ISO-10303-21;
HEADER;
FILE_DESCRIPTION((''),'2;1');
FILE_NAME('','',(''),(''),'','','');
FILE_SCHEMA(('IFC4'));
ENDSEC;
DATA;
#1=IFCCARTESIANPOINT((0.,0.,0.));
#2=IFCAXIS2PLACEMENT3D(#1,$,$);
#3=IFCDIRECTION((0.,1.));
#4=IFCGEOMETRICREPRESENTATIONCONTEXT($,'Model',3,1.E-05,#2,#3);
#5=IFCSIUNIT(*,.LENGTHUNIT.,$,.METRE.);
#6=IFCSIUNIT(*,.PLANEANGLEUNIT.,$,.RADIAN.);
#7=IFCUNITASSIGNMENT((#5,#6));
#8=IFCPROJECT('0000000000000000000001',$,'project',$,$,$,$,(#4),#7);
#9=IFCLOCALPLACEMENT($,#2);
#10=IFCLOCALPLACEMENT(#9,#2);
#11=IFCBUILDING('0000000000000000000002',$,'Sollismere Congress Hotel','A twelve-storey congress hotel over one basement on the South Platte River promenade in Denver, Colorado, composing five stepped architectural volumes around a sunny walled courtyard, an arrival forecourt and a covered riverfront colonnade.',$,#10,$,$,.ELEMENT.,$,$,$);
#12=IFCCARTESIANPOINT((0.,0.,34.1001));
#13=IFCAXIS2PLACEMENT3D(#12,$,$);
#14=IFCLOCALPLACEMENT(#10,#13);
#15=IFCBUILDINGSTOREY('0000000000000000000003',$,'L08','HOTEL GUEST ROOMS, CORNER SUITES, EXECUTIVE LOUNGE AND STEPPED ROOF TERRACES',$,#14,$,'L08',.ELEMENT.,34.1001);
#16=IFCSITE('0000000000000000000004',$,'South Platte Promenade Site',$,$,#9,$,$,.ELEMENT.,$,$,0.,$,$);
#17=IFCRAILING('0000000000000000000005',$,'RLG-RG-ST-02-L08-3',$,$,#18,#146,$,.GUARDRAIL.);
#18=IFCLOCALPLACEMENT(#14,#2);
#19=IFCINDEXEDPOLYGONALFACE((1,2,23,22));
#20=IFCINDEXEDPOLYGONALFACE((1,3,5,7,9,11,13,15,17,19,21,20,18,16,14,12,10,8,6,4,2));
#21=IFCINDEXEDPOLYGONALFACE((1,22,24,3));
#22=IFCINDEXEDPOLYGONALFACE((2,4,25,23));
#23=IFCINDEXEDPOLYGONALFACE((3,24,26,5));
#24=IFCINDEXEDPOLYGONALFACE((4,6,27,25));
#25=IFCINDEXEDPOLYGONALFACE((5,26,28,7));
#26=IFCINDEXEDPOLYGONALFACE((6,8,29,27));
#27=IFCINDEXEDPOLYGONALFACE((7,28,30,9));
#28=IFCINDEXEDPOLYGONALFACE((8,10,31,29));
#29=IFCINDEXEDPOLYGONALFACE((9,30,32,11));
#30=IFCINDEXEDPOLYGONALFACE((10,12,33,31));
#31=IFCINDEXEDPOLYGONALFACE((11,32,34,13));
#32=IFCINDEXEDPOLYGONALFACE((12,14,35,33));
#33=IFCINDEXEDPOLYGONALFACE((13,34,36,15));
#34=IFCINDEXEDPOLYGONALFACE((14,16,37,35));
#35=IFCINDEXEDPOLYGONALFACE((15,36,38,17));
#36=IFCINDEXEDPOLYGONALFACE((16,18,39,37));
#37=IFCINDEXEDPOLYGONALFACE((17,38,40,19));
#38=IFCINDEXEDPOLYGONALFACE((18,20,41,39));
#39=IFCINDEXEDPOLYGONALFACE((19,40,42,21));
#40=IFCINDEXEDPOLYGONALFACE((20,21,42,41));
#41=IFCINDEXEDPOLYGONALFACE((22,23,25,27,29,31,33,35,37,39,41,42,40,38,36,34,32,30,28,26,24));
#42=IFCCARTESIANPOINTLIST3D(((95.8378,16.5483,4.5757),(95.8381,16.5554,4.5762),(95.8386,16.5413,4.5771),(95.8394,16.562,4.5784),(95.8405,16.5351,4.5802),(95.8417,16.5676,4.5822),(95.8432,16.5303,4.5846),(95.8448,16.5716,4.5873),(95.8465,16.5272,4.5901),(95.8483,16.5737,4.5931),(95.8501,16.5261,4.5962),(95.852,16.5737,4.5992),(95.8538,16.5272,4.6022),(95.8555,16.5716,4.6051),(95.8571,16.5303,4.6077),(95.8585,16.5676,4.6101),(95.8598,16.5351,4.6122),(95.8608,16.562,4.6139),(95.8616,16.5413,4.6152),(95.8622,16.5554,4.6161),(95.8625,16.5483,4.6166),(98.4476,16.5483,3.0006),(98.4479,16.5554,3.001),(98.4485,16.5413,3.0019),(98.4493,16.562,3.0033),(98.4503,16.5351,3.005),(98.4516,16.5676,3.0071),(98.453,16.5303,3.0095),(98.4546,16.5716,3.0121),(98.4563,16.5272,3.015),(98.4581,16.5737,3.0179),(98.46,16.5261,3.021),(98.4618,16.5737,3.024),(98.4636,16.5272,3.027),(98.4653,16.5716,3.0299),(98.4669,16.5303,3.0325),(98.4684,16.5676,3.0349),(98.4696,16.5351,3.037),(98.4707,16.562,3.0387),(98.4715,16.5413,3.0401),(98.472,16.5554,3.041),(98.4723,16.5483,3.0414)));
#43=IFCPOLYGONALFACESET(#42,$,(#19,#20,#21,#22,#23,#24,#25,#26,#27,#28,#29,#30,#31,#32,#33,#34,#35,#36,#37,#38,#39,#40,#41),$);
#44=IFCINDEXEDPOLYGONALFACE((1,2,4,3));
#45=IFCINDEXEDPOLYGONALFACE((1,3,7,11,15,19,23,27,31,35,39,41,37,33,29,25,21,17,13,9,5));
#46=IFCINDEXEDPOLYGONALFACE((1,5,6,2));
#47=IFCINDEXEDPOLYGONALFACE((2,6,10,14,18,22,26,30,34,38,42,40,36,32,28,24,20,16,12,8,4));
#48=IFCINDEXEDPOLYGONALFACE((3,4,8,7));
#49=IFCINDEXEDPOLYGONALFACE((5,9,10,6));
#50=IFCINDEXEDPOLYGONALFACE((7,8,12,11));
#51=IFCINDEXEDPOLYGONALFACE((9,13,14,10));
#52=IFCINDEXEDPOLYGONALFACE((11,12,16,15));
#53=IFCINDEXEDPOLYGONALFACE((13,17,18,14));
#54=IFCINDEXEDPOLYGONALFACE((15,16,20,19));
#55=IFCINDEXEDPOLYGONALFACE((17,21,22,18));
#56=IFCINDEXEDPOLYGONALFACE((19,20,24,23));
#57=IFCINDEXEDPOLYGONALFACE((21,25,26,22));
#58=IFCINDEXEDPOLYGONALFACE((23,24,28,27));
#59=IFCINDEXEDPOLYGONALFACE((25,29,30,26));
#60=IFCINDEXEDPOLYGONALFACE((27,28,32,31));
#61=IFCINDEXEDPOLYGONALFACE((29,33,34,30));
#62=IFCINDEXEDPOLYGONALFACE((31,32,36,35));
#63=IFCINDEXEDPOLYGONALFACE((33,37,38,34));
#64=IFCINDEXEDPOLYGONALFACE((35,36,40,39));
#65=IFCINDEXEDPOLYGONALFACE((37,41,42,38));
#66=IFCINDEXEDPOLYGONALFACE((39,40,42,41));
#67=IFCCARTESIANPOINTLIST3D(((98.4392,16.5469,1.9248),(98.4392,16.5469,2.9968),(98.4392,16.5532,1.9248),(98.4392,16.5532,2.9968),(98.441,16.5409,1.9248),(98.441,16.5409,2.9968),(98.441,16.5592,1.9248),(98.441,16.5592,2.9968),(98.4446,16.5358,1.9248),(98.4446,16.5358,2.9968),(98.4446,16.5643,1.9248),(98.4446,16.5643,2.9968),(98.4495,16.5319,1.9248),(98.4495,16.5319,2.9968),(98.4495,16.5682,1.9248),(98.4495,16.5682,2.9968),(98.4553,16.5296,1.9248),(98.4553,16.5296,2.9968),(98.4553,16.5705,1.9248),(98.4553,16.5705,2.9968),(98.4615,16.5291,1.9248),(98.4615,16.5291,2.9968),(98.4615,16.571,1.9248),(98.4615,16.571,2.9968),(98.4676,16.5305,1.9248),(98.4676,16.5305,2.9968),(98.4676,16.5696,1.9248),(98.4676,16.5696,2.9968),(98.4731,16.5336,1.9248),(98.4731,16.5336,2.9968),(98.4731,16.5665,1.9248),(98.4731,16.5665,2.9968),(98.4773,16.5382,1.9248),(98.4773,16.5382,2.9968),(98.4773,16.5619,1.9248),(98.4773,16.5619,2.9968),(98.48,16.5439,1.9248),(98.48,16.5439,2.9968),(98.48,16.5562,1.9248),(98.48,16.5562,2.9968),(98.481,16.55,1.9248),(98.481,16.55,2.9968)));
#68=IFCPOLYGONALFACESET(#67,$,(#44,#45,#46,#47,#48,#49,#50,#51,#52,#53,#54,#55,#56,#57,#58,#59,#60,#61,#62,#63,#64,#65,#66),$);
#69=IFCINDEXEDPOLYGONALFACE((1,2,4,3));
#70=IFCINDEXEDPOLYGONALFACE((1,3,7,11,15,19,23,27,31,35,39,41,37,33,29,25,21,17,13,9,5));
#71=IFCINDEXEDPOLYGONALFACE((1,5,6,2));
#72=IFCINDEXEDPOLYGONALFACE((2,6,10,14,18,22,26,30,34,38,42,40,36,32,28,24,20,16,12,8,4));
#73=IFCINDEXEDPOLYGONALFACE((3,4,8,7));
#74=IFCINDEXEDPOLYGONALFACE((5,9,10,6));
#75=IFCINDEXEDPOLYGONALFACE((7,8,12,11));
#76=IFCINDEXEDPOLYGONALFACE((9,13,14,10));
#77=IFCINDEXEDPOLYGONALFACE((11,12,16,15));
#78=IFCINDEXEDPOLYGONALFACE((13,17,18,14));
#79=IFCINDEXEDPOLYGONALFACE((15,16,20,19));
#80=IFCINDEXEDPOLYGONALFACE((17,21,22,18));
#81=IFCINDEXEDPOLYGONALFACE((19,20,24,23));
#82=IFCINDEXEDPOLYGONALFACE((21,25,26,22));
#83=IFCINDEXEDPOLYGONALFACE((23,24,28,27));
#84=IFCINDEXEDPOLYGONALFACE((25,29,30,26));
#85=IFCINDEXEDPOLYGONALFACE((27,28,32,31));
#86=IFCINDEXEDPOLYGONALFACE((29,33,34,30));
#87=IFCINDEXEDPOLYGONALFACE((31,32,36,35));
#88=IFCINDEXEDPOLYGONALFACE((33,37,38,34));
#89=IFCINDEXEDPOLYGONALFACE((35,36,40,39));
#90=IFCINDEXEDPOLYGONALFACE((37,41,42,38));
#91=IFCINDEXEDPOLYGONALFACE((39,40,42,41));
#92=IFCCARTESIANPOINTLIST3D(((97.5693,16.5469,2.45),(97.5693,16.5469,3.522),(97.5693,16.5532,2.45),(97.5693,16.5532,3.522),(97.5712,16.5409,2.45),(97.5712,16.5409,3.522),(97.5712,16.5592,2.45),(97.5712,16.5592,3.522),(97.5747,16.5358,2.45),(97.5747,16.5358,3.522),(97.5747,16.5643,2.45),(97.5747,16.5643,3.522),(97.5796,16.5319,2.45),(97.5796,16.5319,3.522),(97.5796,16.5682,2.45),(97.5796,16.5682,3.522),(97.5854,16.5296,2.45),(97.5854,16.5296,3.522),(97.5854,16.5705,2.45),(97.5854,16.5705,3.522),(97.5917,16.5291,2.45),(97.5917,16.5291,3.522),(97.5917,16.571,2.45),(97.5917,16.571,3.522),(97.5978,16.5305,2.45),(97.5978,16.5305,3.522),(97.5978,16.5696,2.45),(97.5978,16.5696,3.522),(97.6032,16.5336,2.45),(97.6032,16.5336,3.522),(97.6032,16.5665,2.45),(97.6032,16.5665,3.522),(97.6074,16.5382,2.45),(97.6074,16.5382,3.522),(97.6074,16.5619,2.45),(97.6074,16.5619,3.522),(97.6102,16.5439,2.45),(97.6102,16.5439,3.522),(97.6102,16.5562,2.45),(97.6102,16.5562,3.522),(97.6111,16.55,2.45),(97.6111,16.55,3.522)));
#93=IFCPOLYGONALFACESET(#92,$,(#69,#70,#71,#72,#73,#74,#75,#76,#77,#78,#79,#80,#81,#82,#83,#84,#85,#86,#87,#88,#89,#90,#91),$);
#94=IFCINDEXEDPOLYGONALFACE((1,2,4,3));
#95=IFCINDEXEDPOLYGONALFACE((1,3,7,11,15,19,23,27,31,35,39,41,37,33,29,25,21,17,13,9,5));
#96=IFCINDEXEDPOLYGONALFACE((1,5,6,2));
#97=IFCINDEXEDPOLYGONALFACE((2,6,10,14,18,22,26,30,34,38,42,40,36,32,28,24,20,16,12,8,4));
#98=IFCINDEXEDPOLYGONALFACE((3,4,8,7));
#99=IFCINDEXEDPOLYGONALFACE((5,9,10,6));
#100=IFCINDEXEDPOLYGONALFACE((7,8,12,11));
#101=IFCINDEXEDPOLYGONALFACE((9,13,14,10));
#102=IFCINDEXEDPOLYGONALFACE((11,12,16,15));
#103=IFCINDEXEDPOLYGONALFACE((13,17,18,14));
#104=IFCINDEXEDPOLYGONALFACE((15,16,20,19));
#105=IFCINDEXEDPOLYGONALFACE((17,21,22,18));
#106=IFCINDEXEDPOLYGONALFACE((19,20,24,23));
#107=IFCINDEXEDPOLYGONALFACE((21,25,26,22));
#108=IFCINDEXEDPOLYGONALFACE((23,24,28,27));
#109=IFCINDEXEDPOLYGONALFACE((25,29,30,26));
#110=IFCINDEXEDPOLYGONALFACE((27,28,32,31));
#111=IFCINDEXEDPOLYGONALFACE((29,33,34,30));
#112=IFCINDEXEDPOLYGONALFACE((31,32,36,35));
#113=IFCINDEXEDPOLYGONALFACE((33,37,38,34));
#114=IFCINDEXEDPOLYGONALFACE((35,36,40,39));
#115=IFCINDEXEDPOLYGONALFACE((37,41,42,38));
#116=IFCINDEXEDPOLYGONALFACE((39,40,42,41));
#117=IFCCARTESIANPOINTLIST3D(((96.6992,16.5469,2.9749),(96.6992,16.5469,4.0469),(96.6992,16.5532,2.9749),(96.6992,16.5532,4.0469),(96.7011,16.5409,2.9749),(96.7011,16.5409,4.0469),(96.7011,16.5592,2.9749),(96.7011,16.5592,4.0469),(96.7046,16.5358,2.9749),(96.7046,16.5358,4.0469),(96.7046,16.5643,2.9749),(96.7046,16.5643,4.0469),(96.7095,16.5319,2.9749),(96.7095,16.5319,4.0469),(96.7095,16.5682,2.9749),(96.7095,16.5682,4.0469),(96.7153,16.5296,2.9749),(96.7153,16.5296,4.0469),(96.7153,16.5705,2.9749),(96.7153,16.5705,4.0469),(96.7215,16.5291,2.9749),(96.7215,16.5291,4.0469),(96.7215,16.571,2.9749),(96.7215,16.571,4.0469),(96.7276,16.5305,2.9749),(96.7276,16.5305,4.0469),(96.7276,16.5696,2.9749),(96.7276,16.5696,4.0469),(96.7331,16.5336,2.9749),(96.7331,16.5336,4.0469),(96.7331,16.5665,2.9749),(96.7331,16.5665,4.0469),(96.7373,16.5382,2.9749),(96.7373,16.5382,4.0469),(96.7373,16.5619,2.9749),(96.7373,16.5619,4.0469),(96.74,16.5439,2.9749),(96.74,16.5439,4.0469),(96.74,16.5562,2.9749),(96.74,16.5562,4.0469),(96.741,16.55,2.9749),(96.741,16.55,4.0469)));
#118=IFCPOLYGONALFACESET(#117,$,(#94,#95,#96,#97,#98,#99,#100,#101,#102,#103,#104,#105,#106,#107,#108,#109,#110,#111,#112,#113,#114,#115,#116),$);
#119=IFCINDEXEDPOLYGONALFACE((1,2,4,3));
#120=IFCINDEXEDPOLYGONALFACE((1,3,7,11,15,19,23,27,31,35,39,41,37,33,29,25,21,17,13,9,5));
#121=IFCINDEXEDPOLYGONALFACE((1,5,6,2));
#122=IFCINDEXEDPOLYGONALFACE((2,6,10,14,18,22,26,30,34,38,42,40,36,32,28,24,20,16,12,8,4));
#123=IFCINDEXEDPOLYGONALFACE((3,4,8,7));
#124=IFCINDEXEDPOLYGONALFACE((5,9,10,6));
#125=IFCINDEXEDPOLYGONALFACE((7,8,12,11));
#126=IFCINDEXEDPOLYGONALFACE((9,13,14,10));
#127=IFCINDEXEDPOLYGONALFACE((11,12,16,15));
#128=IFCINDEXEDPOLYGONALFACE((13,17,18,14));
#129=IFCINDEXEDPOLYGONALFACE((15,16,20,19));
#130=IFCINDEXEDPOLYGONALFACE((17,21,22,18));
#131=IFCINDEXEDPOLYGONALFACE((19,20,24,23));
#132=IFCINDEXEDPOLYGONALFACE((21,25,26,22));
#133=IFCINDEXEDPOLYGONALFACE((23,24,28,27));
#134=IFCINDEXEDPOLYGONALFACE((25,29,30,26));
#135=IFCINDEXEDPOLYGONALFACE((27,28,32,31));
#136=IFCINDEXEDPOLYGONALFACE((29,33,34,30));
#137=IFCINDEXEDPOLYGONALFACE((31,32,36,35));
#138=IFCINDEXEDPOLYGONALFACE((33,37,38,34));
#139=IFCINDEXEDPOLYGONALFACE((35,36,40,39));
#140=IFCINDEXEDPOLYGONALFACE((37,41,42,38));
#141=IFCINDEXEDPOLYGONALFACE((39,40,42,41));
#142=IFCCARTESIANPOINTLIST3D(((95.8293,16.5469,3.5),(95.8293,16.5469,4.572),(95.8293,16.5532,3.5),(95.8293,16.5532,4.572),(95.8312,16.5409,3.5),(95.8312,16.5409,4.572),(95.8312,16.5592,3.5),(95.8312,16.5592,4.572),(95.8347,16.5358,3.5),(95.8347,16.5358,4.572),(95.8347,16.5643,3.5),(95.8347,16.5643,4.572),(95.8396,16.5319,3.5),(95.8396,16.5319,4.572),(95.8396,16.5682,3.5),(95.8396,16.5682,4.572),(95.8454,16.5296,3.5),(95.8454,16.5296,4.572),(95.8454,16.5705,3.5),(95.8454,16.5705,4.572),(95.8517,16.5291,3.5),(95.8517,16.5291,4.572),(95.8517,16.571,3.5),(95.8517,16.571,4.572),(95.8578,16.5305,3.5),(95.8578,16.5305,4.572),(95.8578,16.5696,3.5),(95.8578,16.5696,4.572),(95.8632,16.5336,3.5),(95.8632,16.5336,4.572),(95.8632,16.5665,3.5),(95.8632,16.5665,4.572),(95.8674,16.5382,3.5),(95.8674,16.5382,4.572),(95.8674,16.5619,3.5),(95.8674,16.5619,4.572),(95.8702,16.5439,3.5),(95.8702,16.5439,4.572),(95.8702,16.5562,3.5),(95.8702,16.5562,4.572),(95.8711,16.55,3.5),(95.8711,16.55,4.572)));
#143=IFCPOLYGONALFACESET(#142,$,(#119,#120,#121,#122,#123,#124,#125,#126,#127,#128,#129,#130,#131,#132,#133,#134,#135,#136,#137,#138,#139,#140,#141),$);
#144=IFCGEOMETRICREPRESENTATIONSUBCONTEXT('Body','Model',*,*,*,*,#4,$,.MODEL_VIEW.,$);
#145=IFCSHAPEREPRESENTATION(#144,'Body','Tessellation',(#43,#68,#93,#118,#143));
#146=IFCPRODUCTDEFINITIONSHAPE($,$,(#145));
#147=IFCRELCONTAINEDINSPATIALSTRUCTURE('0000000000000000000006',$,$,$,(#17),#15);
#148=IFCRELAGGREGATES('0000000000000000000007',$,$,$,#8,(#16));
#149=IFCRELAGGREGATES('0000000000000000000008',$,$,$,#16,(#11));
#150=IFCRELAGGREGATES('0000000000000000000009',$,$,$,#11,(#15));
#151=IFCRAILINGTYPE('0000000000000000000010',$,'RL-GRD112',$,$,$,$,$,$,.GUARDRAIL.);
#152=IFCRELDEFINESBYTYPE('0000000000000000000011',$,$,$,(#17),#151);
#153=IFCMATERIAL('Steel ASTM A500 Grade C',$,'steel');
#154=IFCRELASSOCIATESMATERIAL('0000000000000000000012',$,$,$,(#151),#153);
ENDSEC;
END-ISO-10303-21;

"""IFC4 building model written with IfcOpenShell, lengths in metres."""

from ifc_helpers import new_model, si_unit, direction, frame, origin, origin_2d, place, context, subcontext, project, spatial, circle, extrude, material, type_object, element, save


model = new_model("IFC4")

# Units and contexts
model_context = context("Model", 3, precision=1e-05, world=origin(), true_north=direction((0.0, 1.0)))
body_context = subcontext(model_context, "Body", "Model", "MODEL_VIEW")
ifc_project = project(units=[si_unit("LENGTHUNIT", "METRE"), si_unit("PLANEANGLEUNIT", "RADIAN")], contexts=[model_context])

# Site, building, storey
site_placement = place(None, origin())
site = spatial("IfcSite", under=ifc_project, at=site_placement, Name="South Platte Promenade Site", CompositionType="ELEMENT", RefElevation=0.0)
building_placement = place(site_placement, origin())
building = spatial("IfcBuilding", under=site, at=building_placement, Name="Sollismere Congress Hotel", Description="A twelve-storey congress hotel over one basement on the South Platte River promenade in Denver, Colorado, composing five stepped architectural volumes around a sunny walled courtyard, an arrival forecourt and a covered riverfront colonnade.", CompositionType="ELEMENT")
storey_placement = place(building_placement, frame((0.0, 0.0, 34.1001)))
storey = spatial("IfcBuildingStorey", under=building, at=storey_placement, Name="L08", Description="HOTEL GUEST ROOMS, CORNER SUITES, EXECUTIVE LOUNGE AND STEPPED ROOF TERRACES", LongName="L08", CompositionType="ELEMENT", Elevation=34.1001)

# Shared definitions
ifc_material_1 = material(Name="Steel ASTM A500 Grade C", Category="steel")

# Railing
railing_type_1 = type_object("IfcRailingType", Name="RL-GRD112", PredefinedType="GUARDRAIL", material=ifc_material_1)
railing_1_placement = place(storey_placement, frame((98.46, 16.55, 1.9248)))
element("IfcRailing", 1, at=railing_1_placement, inside=storey, type_object=railing_type_1, Name="RLG-RG-ST-02-L08-3", PredefinedType="GUARDRAIL", context=body_context, shape_type="SweptSolid", body=[
    extrude(circle(Radius=0.0239, at=origin_2d()), frame((0.0, 0.0, 1.0962), z_axis=(-0.856147, 0.0, 0.516732), x_axis=(0.0, -1.0, 0.0)), (0.0, 0.0, 1.0), 3.0483),
    extrude(circle(Radius=0.021, at=origin_2d()), origin(), (0.0, 0.0, 1.0), 1.072),
    extrude(circle(Radius=0.021, at=origin_2d()), frame((-0.8699, 0.0, 0.5251)), (0.0, 0.0, 1.0), 1.072),
    extrude(circle(Radius=0.021, at=origin_2d()), frame((-1.74, 0.0, 1.05)), (0.0, 0.0, 1.0), 1.072),
    extrude(circle(Radius=0.021, at=origin_2d()), frame((-2.6099, 0.0, 1.5752)), (0.0, 0.0, 1.0), 1.072),
])

save(model, "model.ifc")
